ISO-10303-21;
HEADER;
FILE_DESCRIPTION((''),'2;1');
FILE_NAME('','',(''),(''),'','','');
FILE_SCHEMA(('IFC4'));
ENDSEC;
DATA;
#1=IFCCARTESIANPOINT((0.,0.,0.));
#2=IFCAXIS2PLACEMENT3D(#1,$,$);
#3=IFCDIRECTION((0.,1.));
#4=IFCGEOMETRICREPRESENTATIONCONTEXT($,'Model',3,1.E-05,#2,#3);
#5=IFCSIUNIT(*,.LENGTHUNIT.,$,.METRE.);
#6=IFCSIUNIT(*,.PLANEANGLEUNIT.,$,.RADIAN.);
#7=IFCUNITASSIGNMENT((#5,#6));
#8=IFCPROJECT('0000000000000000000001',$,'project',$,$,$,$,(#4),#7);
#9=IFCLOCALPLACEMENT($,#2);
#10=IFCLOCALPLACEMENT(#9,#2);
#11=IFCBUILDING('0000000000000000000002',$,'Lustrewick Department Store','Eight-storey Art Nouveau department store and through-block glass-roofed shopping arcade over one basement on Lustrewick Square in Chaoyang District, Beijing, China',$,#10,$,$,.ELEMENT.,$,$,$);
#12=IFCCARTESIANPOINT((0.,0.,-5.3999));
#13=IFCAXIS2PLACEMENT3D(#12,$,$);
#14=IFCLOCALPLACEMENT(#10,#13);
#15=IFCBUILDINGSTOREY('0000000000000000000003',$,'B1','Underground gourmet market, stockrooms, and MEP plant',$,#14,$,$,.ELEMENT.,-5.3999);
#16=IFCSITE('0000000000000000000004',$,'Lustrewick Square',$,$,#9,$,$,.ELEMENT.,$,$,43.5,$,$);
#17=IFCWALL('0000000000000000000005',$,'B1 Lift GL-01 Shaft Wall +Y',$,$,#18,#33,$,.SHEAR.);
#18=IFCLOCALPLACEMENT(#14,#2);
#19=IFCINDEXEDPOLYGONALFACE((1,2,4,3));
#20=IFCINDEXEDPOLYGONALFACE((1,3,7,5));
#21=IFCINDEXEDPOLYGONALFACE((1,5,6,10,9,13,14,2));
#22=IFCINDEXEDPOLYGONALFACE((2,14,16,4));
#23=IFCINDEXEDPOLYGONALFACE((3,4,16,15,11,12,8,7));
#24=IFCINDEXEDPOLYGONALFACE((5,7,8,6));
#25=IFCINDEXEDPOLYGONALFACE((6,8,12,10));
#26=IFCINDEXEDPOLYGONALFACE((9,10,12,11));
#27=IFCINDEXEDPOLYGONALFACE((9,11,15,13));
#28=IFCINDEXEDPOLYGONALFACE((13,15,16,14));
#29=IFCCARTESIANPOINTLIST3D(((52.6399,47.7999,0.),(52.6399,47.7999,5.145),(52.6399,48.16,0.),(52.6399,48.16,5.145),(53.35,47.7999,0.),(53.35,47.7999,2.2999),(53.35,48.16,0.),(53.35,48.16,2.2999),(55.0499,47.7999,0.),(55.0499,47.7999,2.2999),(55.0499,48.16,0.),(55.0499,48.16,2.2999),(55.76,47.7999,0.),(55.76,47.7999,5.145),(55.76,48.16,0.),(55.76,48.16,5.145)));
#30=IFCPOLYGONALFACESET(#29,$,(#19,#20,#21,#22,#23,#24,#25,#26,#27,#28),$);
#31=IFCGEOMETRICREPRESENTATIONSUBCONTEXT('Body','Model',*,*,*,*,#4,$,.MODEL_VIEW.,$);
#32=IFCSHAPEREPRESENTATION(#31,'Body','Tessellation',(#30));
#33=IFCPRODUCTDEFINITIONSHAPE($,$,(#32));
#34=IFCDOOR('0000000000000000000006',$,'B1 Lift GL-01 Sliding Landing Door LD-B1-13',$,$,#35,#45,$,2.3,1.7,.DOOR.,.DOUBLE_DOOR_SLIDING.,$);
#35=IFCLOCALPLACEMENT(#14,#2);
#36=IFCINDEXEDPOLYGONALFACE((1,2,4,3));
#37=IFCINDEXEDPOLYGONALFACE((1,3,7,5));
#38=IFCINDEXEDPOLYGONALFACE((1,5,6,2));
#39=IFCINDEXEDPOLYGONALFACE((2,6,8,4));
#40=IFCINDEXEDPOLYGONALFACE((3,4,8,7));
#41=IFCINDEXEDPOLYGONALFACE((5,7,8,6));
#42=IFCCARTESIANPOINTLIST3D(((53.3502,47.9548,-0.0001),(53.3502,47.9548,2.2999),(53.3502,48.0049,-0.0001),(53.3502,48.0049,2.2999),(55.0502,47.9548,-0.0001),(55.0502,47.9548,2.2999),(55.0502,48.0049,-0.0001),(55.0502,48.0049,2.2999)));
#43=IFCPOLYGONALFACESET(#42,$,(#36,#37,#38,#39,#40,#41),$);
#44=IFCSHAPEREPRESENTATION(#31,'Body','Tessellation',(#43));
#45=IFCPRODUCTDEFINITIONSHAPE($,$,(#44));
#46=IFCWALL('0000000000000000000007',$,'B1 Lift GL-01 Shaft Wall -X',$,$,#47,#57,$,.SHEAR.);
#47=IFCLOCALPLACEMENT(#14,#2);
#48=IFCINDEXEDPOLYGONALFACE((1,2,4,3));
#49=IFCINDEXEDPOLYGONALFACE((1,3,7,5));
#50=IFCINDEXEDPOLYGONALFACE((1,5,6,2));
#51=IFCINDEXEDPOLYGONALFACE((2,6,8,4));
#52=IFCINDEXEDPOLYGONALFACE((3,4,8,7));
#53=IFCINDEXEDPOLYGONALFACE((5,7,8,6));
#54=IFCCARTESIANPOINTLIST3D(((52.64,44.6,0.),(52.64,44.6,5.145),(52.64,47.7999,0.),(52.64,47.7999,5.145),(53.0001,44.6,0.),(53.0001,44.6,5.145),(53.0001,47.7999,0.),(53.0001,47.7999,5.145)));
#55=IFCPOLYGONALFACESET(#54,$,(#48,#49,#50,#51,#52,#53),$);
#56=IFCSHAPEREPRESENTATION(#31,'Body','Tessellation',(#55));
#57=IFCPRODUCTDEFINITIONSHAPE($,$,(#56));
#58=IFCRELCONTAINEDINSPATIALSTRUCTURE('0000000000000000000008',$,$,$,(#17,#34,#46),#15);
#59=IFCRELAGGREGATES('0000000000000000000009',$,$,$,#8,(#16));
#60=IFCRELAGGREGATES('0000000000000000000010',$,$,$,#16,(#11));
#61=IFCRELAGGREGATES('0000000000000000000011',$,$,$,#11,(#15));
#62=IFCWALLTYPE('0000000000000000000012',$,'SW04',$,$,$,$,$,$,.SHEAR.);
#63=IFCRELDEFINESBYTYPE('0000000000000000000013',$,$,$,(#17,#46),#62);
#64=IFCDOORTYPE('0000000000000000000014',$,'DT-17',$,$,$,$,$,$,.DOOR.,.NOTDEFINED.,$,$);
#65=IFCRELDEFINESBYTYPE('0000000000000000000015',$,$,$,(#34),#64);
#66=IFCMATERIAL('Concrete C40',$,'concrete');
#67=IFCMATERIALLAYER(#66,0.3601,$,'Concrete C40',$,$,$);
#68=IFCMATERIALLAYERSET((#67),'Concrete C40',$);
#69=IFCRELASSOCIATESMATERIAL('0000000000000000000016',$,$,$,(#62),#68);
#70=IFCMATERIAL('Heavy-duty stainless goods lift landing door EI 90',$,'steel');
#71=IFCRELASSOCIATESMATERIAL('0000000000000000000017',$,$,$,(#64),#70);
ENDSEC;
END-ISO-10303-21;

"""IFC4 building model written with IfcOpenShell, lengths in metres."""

from ifc_helpers import new_model, si_unit, direction, frame, frame_2d, origin, place, context, subcontext, project, spatial, rectangle, extrude, material, layer, layer_set, type_object, element, fill, save


model = new_model("IFC4")

# Units and contexts
model_context = context("Model", 3, precision=1e-05, world=origin(), true_north=direction((0.0, 1.0)))
body_context = subcontext(model_context, "Body", "Model", "MODEL_VIEW")
ifc_project = project(units=[si_unit("LENGTHUNIT", "METRE"), si_unit("PLANEANGLEUNIT", "RADIAN")], contexts=[model_context])

# Site, building, storey
site_placement = place(None, origin())
site = spatial("IfcSite", under=ifc_project, at=site_placement, Name="Lustrewick Square", CompositionType="ELEMENT", RefElevation=43.5)
building_placement = place(site_placement, origin())
building = spatial("IfcBuilding", under=site, at=building_placement, Name="Lustrewick Department Store", Description="Eight-storey Art Nouveau department store and through-block glass-roofed shopping arcade over one basement on Lustrewick Square in Chaoyang District, Beijing, China", CompositionType="ELEMENT")
storey_placement = place(building_placement, frame((0.0, 0.0, -5.3999)))
storey = spatial("IfcBuildingStorey", under=building, at=storey_placement, Name="B1", Description="Underground gourmet market, stockrooms, and MEP plant", CompositionType="ELEMENT", Elevation=-5.3999)

# Shared definitions
ifc_material_1 = material(Name="Concrete C40", Category="concrete")

# Wall, opening, door
ifc_layer_1 = layer(ifc_material_1, 0.3601, Name="Concrete C40")
ifc_layer_set_1 = layer_set([ifc_layer_1], Name="Concrete C40")
wall_type_1 = type_object("IfcWallType", Name="SW04", PredefinedType="SHEAR", material=ifc_layer_set_1)
wall_1_placement = place(storey_placement, frame((55.76, 47.98, 0.0), z_axis=(0.0, 0.0, 1.0), x_axis=(-1.0, 0.0, 0.0)))
wall_1 = element("IfcWall", 1, at=wall_1_placement, inside=storey, type_object=wall_type_1, Name="B1 Lift GL-01 Shaft Wall +Y", PredefinedType="SHEAR", context=body_context, shape_type="SweptSolid", body=[
    extrude(rectangle(XDim=3.1201, YDim=0.3601, at=frame_2d((1.5601, 0.0))), origin(), (0.0, 0.0, 1.0), 5.145),
])
opening_placement = place(wall_1_placement, frame((0.71, 0.0, 0.0)))
opening = element("IfcOpeningElement", 2, at=opening_placement, cuts=wall_1, PredefinedType="OPENING", context=body_context, shape_type="SweptSolid", body=[
    extrude(rectangle(XDim=1.7, YDim=2.3, at=frame_2d((0.8501, 1.1499))), frame((0.0, 0.1899, 0.0), z_axis=(0.0, -1.0, 0.0), x_axis=(1.0, 0.0, 0.0)), (0.0, 0.0, 1.0), 0.3801),
])
ifc_material_2 = material(Name="Heavy-duty stainless goods lift landing door EI 90", Category="steel")
door_type = type_object("IfcDoorType", Name="DT-17", OperationType="NOTDEFINED", PredefinedType="DOOR", material=ifc_material_2)
door_placement = place(opening_placement, frame((1.7, 0.0, 0.0), z_axis=(0.0, 0.0, 1.0), x_axis=(-1.0, 0.0, 0.0)))
door = element("IfcDoor", 3, at=door_placement, inside=storey, type_object=door_type, Name="B1 Lift GL-01 Sliding Landing Door LD-B1-13", OperationType="DOUBLE_DOOR_SLIDING", OverallHeight=2.3, OverallWidth=1.7, PredefinedType="DOOR", context=body_context, shape_type="SweptSolid", body=[
    extrude(rectangle(XDim=1.7, YDim=2.3, at=frame_2d((0.8501, 1.1499))), frame((0.0, 0.0249, 0.0), z_axis=(0.0, -1.0, 0.0), x_axis=(1.0, 0.0, 0.0)), (0.0, 0.0, 1.0), 0.05),
])
fill(opening, door)

# Wall
wall_2_placement = place(storey_placement, frame((52.8201, 47.8, 0.0), z_axis=(0.0, 0.0, 1.0), x_axis=(0.0, -1.0, 0.0)))
element("IfcWall", 4, at=wall_2_placement, inside=storey, type_object=wall_type_1, Name="B1 Lift GL-01 Shaft Wall -X", PredefinedType="SHEAR", context=body_context, shape_type="SweptSolid", body=[
    extrude(rectangle(XDim=3.2, YDim=0.3601, at=frame_2d((1.6001, 0.0))), origin(), (0.0, 0.0, 1.0), 5.145),
])

save(model, "model.ifc")
